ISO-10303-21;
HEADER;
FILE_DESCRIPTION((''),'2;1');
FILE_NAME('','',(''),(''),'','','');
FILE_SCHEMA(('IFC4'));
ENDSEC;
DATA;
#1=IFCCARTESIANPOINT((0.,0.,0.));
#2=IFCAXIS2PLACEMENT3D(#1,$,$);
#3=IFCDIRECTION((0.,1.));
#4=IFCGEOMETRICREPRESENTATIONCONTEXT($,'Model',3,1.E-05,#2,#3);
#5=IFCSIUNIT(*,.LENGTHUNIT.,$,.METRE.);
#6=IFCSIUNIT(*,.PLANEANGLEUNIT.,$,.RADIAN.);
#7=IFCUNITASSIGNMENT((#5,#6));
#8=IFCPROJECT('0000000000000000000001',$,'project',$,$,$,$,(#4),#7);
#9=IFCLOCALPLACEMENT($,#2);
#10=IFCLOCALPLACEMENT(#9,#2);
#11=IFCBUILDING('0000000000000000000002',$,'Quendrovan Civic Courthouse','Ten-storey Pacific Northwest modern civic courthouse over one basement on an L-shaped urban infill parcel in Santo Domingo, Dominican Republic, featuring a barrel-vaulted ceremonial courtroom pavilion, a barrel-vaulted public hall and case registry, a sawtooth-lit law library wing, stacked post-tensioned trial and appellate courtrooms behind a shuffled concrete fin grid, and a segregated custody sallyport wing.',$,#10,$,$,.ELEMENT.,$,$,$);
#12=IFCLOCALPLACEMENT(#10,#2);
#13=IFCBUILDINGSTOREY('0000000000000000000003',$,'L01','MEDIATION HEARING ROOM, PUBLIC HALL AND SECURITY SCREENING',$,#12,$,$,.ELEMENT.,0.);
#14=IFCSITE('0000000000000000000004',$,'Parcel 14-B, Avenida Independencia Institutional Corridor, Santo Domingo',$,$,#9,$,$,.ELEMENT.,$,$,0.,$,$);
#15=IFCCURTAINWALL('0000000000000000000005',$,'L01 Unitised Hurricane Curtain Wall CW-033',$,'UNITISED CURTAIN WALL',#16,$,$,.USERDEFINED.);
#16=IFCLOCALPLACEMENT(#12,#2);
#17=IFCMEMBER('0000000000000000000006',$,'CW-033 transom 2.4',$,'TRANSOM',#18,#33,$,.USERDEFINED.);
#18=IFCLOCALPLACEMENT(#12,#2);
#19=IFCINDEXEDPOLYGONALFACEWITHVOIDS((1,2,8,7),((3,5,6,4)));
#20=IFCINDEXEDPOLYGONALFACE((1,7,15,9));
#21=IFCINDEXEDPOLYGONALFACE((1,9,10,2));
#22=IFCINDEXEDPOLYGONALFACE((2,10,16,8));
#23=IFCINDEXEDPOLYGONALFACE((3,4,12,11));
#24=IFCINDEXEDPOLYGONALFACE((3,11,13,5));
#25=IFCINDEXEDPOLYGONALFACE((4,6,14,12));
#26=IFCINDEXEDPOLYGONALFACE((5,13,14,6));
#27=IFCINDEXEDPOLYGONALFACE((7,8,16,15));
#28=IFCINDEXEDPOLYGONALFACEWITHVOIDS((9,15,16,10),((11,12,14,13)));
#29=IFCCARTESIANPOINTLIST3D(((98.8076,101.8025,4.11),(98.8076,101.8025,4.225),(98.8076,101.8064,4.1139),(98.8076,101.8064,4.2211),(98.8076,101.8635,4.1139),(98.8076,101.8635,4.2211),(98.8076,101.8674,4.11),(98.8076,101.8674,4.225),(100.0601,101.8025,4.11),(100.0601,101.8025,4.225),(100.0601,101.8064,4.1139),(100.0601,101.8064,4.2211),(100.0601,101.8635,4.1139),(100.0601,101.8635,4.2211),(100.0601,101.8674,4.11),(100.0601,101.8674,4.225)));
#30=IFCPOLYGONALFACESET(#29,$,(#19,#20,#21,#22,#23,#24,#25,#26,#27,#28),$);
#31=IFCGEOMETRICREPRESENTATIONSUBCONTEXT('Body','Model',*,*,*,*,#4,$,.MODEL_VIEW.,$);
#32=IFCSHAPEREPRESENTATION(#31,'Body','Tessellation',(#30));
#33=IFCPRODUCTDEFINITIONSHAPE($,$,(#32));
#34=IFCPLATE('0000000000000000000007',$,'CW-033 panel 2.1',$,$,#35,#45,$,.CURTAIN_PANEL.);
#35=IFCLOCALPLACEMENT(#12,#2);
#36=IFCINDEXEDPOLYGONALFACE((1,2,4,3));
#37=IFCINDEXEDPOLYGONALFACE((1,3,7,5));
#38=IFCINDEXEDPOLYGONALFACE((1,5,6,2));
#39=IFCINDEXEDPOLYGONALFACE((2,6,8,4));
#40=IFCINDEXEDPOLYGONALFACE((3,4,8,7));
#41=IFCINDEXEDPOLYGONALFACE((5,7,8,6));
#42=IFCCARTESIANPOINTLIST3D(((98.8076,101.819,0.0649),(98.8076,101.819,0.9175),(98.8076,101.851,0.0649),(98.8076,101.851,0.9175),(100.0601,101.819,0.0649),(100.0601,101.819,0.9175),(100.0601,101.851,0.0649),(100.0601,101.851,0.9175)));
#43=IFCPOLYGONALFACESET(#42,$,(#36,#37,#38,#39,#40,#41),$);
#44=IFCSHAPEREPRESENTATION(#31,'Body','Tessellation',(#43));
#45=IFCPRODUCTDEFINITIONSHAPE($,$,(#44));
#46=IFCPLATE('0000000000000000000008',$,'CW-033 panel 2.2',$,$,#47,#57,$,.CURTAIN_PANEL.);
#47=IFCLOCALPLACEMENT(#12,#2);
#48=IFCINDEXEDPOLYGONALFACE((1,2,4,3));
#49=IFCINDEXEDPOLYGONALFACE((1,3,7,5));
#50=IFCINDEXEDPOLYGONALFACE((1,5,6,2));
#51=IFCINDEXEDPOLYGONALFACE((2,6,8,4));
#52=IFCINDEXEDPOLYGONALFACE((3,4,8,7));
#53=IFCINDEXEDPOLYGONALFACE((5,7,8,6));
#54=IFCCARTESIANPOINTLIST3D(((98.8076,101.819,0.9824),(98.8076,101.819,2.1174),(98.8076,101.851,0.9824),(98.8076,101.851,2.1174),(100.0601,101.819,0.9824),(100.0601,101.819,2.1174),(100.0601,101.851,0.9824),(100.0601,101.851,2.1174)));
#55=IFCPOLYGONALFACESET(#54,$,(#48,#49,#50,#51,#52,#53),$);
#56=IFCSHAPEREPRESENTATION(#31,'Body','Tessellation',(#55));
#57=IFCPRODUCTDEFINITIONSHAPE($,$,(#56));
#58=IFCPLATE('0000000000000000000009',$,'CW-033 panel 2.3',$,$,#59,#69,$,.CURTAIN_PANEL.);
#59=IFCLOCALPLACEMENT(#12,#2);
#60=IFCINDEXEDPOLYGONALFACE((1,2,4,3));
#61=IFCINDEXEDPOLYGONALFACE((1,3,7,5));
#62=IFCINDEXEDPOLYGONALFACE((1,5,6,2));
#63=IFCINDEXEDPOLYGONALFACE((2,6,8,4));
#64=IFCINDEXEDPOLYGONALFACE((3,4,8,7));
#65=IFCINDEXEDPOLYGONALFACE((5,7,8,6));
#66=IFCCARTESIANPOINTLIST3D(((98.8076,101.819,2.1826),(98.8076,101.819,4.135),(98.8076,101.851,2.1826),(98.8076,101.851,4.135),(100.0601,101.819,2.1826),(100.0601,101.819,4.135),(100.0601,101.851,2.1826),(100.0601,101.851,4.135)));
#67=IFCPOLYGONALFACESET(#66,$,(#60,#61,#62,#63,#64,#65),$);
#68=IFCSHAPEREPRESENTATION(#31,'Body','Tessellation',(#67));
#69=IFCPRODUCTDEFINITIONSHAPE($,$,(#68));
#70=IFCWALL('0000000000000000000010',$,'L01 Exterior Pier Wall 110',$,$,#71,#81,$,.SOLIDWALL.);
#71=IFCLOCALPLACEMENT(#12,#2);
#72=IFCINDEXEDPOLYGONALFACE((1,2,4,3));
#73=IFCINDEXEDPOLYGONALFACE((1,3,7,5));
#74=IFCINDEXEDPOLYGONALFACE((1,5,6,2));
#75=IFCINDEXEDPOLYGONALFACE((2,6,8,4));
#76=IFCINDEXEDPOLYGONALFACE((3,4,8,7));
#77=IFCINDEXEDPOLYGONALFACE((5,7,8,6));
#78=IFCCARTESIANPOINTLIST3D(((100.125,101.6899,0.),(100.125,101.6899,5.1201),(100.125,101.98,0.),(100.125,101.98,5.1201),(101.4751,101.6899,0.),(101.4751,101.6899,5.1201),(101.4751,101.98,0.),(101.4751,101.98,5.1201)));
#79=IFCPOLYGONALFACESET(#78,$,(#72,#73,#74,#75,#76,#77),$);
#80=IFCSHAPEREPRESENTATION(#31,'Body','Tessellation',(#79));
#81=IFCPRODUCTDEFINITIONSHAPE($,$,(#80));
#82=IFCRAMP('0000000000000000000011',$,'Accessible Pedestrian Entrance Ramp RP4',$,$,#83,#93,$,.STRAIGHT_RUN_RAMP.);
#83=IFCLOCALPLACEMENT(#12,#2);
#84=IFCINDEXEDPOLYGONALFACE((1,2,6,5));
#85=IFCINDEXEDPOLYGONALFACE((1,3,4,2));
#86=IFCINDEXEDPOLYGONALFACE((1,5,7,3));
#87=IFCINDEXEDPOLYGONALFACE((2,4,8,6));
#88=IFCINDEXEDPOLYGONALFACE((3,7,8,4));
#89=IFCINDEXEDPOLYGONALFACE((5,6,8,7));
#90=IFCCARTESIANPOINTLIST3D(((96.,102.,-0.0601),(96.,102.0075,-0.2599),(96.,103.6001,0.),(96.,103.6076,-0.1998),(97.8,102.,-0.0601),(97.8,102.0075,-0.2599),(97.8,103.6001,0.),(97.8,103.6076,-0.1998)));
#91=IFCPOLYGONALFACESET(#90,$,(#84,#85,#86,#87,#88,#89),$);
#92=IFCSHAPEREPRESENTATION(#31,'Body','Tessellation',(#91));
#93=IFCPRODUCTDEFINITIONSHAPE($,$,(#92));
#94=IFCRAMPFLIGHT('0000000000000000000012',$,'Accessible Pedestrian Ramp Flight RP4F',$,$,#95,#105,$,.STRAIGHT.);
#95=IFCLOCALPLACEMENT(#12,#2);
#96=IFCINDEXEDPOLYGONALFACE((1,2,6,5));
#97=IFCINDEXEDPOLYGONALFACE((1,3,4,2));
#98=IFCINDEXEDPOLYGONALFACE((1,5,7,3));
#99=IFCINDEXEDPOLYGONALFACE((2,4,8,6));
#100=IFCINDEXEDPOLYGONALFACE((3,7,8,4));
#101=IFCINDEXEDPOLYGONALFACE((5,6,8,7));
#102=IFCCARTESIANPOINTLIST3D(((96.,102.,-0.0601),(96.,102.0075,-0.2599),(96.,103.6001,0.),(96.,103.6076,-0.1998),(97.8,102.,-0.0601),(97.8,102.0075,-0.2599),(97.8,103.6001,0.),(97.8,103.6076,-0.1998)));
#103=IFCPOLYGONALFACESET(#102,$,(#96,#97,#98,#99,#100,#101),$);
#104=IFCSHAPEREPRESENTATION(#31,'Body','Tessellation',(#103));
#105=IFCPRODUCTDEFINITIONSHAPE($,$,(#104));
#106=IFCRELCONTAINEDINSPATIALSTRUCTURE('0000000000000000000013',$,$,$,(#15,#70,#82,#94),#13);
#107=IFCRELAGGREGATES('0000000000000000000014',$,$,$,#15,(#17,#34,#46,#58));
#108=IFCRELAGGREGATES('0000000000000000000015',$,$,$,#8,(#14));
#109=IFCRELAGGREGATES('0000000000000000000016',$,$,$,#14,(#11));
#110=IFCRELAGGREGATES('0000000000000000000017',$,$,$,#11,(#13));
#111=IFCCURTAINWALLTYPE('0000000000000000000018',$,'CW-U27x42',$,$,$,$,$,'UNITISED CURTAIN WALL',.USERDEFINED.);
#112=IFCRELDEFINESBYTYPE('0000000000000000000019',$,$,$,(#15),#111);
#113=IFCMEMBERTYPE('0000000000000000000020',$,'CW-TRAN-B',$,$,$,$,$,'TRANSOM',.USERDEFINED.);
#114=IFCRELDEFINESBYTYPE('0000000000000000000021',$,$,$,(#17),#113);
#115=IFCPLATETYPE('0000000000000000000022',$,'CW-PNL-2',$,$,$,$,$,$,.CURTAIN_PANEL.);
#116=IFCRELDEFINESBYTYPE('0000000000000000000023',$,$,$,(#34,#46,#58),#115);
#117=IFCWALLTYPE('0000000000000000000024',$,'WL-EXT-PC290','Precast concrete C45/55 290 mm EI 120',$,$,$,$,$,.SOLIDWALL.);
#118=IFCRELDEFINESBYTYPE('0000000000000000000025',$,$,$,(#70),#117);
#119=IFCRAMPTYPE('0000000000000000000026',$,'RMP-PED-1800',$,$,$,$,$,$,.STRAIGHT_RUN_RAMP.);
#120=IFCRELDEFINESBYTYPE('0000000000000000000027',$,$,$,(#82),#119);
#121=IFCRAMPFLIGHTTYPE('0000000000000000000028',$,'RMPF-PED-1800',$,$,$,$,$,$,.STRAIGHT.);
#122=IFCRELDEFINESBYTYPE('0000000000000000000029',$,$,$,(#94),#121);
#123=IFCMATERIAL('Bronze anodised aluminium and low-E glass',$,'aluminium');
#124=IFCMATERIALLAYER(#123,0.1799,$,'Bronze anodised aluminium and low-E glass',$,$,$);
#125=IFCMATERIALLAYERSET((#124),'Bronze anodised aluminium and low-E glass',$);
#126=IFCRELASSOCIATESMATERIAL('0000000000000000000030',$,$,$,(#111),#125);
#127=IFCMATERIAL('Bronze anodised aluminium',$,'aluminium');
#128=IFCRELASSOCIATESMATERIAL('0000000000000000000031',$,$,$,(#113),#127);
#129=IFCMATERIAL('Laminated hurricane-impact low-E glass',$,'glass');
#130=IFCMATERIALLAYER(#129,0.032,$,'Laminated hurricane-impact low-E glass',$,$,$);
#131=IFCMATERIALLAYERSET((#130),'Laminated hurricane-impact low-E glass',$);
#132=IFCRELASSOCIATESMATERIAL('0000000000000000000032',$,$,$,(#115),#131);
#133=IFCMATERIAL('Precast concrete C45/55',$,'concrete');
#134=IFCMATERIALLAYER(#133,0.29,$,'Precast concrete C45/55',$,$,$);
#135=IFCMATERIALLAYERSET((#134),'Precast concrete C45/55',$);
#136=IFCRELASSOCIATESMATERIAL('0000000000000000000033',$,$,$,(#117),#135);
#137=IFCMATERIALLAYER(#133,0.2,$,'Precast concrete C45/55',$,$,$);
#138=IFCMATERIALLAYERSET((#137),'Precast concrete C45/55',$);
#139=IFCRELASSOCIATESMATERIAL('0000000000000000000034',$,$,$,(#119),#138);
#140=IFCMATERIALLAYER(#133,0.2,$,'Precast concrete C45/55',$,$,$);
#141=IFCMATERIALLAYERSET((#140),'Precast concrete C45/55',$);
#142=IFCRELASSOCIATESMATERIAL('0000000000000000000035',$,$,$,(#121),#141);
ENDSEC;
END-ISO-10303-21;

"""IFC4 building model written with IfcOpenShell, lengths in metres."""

from ifc_helpers import new_model, si_unit, direction, frame, frame_2d, origin, origin_2d, place, context, subcontext, project, spatial, polyline, rectangle, hollow_rectangle, outline, extrude, material, layer, layer_set, material_profile, profile_set, type_object, element, aggregate, save


model = new_model("IFC4")

# Units and contexts
model_context = context("Model", 3, precision=1e-05, world=origin(), true_north=direction((0.0, 1.0)))
body_context = subcontext(model_context, "Body", "Model", "MODEL_VIEW")
ifc_project = project(units=[si_unit("LENGTHUNIT", "METRE"), si_unit("PLANEANGLEUNIT", "RADIAN")], contexts=[model_context])

# Site, building, storey
site_placement = place(None, origin())
site = spatial("IfcSite", under=ifc_project, at=site_placement, Name="Parcel 14-B, Avenida Independencia Institutional Corridor, Santo Domingo", CompositionType="ELEMENT", RefElevation=0.0)
building_placement = place(site_placement, origin())
building = spatial("IfcBuilding", under=site, at=building_placement, Name="Quendrovan Civic Courthouse", Description="Ten-storey Pacific Northwest modern civic courthouse over one basement on an L-shaped urban infill parcel in Santo Domingo, Dominican Republic, featuring a barrel-vaulted ceremonial courtroom pavilion, a barrel-vaulted public hall and case registry, a sawtooth-lit law library wing, stacked post-tensioned trial and appellate courtrooms behind a shuffled concrete fin grid, and a segregated custody sallyport wing.", CompositionType="ELEMENT")
storey_placement = place(building_placement, origin())
storey = spatial("IfcBuildingStorey", under=building, at=storey_placement, Name="L01", Description="MEDIATION HEARING ROOM, PUBLIC HALL AND SECURITY SCREENING", CompositionType="ELEMENT", Elevation=0.0)

# Curtain wall, member, plates
ifc_material_1 = material(Name="Bronze anodised aluminium and low-E glass", Category="aluminium")
ifc_layer_1 = layer(ifc_material_1, 0.1799, Name="Bronze anodised aluminium and low-E glass")
ifc_layer_set_1 = layer_set([ifc_layer_1], Name="Bronze anodised aluminium and low-E glass")
curtain_wall_type = type_object("IfcCurtainWallType", Name="CW-U27x42", ElementType="UNITISED CURTAIN WALL", PredefinedType="USERDEFINED", material=ifc_layer_set_1)
curtain_wall_placement = place(storey_placement, origin())
curtain_wall = element("IfcCurtainWall", 1, at=curtain_wall_placement, inside=storey, type_object=curtain_wall_type, Name="L01 Unitised Hurricane Curtain Wall CW-033", ObjectType="UNITISED CURTAIN WALL", PredefinedType="USERDEFINED")
ifc_material_2 = material(Name="Bronze anodised aluminium", Category="aluminium")
ifc_material_profile_1 = material_profile(ifc_material_2, hollow_rectangle(XDim=0.0649, YDim=0.115, WallThickness=0.0039, at=origin_2d()), Name="CW-TRAN-65x115")
ifc_profile_set_1 = profile_set([ifc_material_profile_1], Name="Bronze anodised aluminium")
member_type_1 = type_object("IfcMemberType", Name="CW-TRAN-B", ElementType="TRANSOM", PredefinedType="USERDEFINED", material=ifc_profile_set_1)
member_1_placement = place(storey_placement, frame((98.8076, 101.835, 4.1675), z_axis=(1.0, 0.0, 0.0), x_axis=(0.0, 1.0, 0.0)))
member_1 = element("IfcMember", 2, at=member_1_placement, type_object=member_type_1, Name="CW-033 transom 2.4", ObjectType="TRANSOM", PredefinedType="USERDEFINED", context=body_context, shape_type="SweptSolid", body=[
    extrude(hollow_rectangle(XDim=0.0649, YDim=0.115, WallThickness=0.0039, at=origin_2d()), origin(), (0.0, 0.0, 1.0), 1.2524),
])
ifc_material_3 = material(Name="Laminated hurricane-impact low-E glass", Category="glass")
ifc_layer_2 = layer(ifc_material_3, 0.032, Name="Laminated hurricane-impact low-E glass")
ifc_layer_set_2 = layer_set([ifc_layer_2], Name="Laminated hurricane-impact low-E glass")
plate_type = type_object("IfcPlateType", Name="CW-PNL-2", PredefinedType="CURTAIN_PANEL", material=ifc_layer_set_2)
plate_1_placement = place(storey_placement, frame((99.4338, 101.835, 0.0649), z_axis=(0.0, 0.0, 1.0), x_axis=(1.0, 0.0, 0.0)))
plate_1 = element("IfcPlate", 3, at=plate_1_placement, type_object=plate_type, Name="CW-033 panel 2.1", PredefinedType="CURTAIN_PANEL", context=body_context, shape_type="SweptSolid", body=[
    extrude(rectangle(XDim=1.2524, YDim=0.032, at=origin_2d()), origin(), (0.0, 0.0, 1.0), 0.8525),
])
plate_2_placement = place(storey_placement, frame((99.4338, 101.835, 0.9824), z_axis=(0.0, 0.0, 1.0), x_axis=(1.0, 0.0, 0.0)))
plate_2 = element("IfcPlate", 4, at=plate_2_placement, type_object=plate_type, Name="CW-033 panel 2.2", PredefinedType="CURTAIN_PANEL", context=body_context, shape_type="SweptSolid", body=[
    extrude(rectangle(XDim=1.2524, YDim=0.032, at=origin_2d()), origin(), (0.0, 0.0, 1.0), 1.135),
])
plate_3_placement = place(storey_placement, frame((99.4338, 101.835, 2.1826), z_axis=(0.0, 0.0, 1.0), x_axis=(1.0, 0.0, 0.0)))
plate_3 = element("IfcPlate", 5, at=plate_3_placement, type_object=plate_type, Name="CW-033 panel 2.3", PredefinedType="CURTAIN_PANEL", context=body_context, shape_type="SweptSolid", body=[
    extrude(rectangle(XDim=1.2524, YDim=0.032, at=origin_2d()), origin(), (0.0, 0.0, 1.0), 1.9524),
])
aggregate(curtain_wall, [member_1, plate_1, plate_2, plate_3])

# Wall
ifc_material_4 = material(Name="Precast concrete C45/55", Category="concrete")
ifc_layer_3 = layer(ifc_material_4, 0.29, Name="Precast concrete C45/55")
ifc_layer_set_3 = layer_set([ifc_layer_3], Name="Precast concrete C45/55")
wall_type = type_object("IfcWallType", Name="WL-EXT-PC290", Description="Precast concrete C45/55 290 mm EI 120", PredefinedType="SOLIDWALL", material=ifc_layer_set_3)
wall_placement = place(storey_placement, frame((100.125, 101.835, 0.0), z_axis=(0.0, 0.0, 1.0), x_axis=(1.0, 0.0, 0.0)))
element("IfcWall", 6, at=wall_placement, inside=storey, type_object=wall_type, Name="L01 Exterior Pier Wall 110", PredefinedType="SOLIDWALL", context=body_context, shape_type="SweptSolid", body=[
    extrude(rectangle(XDim=1.3501, YDim=0.29, at=frame_2d((0.675, 0.0))), origin(), (0.0, 0.0, 1.0), 5.1201),
])

# Ramp
ifc_layer_4 = layer(ifc_material_4, 0.2, Name="Precast concrete C45/55")
ifc_layer_set_4 = layer_set([ifc_layer_4], Name="Precast concrete C45/55")
ramp_type = type_object("IfcRampType", Name="RMP-PED-1800", PredefinedType="STRAIGHT_RUN_RAMP", material=ifc_layer_set_4)
ramp_placement = place(storey_placement, frame((96.0, 102.0, -0.0601), z_axis=(0.0, -0.037508, 0.999296), x_axis=(1.0, 0.0, 0.0)))
element("IfcRamp", 7, at=ramp_placement, inside=storey, type_object=ramp_type, Name="Accessible Pedestrian Entrance Ramp RP4", PredefinedType="STRAIGHT_RUN_RAMP", context=body_context, shape_type="SweptSolid", body=[
    extrude(outline(polyline([(0.0, 0.0), (1.8, 0.0), (1.8, 1.6012), (0.0, 1.6012), (0.0, 0.0)])), origin(), (0.0, 0.0, -1.0), 0.2),
])

# Ramp flight
ifc_layer_5 = layer(ifc_material_4, 0.2, Name="Precast concrete C45/55")
ifc_layer_set_5 = layer_set([ifc_layer_5], Name="Precast concrete C45/55")
ramp_flight_type = type_object("IfcRampFlightType", Name="RMPF-PED-1800", PredefinedType="STRAIGHT", material=ifc_layer_set_5)
ramp_flight_placement = place(storey_placement, frame((96.0, 102.0, -0.0601), z_axis=(0.0, -0.037508, 0.999296), x_axis=(1.0, 0.0, 0.0)))
element("IfcRampFlight", 8, at=ramp_flight_placement, inside=storey, type_object=ramp_flight_type, Name="Accessible Pedestrian Ramp Flight RP4F", PredefinedType="STRAIGHT", context=body_context, shape_type="SweptSolid", body=[
    extrude(outline(polyline([(0.0, 0.0), (1.8, 0.0), (1.8, 1.6012), (0.0, 1.6012), (0.0, 0.0)])), origin(), (0.0, 0.0, -1.0), 0.2),
])

save(model, "model.ifc")
